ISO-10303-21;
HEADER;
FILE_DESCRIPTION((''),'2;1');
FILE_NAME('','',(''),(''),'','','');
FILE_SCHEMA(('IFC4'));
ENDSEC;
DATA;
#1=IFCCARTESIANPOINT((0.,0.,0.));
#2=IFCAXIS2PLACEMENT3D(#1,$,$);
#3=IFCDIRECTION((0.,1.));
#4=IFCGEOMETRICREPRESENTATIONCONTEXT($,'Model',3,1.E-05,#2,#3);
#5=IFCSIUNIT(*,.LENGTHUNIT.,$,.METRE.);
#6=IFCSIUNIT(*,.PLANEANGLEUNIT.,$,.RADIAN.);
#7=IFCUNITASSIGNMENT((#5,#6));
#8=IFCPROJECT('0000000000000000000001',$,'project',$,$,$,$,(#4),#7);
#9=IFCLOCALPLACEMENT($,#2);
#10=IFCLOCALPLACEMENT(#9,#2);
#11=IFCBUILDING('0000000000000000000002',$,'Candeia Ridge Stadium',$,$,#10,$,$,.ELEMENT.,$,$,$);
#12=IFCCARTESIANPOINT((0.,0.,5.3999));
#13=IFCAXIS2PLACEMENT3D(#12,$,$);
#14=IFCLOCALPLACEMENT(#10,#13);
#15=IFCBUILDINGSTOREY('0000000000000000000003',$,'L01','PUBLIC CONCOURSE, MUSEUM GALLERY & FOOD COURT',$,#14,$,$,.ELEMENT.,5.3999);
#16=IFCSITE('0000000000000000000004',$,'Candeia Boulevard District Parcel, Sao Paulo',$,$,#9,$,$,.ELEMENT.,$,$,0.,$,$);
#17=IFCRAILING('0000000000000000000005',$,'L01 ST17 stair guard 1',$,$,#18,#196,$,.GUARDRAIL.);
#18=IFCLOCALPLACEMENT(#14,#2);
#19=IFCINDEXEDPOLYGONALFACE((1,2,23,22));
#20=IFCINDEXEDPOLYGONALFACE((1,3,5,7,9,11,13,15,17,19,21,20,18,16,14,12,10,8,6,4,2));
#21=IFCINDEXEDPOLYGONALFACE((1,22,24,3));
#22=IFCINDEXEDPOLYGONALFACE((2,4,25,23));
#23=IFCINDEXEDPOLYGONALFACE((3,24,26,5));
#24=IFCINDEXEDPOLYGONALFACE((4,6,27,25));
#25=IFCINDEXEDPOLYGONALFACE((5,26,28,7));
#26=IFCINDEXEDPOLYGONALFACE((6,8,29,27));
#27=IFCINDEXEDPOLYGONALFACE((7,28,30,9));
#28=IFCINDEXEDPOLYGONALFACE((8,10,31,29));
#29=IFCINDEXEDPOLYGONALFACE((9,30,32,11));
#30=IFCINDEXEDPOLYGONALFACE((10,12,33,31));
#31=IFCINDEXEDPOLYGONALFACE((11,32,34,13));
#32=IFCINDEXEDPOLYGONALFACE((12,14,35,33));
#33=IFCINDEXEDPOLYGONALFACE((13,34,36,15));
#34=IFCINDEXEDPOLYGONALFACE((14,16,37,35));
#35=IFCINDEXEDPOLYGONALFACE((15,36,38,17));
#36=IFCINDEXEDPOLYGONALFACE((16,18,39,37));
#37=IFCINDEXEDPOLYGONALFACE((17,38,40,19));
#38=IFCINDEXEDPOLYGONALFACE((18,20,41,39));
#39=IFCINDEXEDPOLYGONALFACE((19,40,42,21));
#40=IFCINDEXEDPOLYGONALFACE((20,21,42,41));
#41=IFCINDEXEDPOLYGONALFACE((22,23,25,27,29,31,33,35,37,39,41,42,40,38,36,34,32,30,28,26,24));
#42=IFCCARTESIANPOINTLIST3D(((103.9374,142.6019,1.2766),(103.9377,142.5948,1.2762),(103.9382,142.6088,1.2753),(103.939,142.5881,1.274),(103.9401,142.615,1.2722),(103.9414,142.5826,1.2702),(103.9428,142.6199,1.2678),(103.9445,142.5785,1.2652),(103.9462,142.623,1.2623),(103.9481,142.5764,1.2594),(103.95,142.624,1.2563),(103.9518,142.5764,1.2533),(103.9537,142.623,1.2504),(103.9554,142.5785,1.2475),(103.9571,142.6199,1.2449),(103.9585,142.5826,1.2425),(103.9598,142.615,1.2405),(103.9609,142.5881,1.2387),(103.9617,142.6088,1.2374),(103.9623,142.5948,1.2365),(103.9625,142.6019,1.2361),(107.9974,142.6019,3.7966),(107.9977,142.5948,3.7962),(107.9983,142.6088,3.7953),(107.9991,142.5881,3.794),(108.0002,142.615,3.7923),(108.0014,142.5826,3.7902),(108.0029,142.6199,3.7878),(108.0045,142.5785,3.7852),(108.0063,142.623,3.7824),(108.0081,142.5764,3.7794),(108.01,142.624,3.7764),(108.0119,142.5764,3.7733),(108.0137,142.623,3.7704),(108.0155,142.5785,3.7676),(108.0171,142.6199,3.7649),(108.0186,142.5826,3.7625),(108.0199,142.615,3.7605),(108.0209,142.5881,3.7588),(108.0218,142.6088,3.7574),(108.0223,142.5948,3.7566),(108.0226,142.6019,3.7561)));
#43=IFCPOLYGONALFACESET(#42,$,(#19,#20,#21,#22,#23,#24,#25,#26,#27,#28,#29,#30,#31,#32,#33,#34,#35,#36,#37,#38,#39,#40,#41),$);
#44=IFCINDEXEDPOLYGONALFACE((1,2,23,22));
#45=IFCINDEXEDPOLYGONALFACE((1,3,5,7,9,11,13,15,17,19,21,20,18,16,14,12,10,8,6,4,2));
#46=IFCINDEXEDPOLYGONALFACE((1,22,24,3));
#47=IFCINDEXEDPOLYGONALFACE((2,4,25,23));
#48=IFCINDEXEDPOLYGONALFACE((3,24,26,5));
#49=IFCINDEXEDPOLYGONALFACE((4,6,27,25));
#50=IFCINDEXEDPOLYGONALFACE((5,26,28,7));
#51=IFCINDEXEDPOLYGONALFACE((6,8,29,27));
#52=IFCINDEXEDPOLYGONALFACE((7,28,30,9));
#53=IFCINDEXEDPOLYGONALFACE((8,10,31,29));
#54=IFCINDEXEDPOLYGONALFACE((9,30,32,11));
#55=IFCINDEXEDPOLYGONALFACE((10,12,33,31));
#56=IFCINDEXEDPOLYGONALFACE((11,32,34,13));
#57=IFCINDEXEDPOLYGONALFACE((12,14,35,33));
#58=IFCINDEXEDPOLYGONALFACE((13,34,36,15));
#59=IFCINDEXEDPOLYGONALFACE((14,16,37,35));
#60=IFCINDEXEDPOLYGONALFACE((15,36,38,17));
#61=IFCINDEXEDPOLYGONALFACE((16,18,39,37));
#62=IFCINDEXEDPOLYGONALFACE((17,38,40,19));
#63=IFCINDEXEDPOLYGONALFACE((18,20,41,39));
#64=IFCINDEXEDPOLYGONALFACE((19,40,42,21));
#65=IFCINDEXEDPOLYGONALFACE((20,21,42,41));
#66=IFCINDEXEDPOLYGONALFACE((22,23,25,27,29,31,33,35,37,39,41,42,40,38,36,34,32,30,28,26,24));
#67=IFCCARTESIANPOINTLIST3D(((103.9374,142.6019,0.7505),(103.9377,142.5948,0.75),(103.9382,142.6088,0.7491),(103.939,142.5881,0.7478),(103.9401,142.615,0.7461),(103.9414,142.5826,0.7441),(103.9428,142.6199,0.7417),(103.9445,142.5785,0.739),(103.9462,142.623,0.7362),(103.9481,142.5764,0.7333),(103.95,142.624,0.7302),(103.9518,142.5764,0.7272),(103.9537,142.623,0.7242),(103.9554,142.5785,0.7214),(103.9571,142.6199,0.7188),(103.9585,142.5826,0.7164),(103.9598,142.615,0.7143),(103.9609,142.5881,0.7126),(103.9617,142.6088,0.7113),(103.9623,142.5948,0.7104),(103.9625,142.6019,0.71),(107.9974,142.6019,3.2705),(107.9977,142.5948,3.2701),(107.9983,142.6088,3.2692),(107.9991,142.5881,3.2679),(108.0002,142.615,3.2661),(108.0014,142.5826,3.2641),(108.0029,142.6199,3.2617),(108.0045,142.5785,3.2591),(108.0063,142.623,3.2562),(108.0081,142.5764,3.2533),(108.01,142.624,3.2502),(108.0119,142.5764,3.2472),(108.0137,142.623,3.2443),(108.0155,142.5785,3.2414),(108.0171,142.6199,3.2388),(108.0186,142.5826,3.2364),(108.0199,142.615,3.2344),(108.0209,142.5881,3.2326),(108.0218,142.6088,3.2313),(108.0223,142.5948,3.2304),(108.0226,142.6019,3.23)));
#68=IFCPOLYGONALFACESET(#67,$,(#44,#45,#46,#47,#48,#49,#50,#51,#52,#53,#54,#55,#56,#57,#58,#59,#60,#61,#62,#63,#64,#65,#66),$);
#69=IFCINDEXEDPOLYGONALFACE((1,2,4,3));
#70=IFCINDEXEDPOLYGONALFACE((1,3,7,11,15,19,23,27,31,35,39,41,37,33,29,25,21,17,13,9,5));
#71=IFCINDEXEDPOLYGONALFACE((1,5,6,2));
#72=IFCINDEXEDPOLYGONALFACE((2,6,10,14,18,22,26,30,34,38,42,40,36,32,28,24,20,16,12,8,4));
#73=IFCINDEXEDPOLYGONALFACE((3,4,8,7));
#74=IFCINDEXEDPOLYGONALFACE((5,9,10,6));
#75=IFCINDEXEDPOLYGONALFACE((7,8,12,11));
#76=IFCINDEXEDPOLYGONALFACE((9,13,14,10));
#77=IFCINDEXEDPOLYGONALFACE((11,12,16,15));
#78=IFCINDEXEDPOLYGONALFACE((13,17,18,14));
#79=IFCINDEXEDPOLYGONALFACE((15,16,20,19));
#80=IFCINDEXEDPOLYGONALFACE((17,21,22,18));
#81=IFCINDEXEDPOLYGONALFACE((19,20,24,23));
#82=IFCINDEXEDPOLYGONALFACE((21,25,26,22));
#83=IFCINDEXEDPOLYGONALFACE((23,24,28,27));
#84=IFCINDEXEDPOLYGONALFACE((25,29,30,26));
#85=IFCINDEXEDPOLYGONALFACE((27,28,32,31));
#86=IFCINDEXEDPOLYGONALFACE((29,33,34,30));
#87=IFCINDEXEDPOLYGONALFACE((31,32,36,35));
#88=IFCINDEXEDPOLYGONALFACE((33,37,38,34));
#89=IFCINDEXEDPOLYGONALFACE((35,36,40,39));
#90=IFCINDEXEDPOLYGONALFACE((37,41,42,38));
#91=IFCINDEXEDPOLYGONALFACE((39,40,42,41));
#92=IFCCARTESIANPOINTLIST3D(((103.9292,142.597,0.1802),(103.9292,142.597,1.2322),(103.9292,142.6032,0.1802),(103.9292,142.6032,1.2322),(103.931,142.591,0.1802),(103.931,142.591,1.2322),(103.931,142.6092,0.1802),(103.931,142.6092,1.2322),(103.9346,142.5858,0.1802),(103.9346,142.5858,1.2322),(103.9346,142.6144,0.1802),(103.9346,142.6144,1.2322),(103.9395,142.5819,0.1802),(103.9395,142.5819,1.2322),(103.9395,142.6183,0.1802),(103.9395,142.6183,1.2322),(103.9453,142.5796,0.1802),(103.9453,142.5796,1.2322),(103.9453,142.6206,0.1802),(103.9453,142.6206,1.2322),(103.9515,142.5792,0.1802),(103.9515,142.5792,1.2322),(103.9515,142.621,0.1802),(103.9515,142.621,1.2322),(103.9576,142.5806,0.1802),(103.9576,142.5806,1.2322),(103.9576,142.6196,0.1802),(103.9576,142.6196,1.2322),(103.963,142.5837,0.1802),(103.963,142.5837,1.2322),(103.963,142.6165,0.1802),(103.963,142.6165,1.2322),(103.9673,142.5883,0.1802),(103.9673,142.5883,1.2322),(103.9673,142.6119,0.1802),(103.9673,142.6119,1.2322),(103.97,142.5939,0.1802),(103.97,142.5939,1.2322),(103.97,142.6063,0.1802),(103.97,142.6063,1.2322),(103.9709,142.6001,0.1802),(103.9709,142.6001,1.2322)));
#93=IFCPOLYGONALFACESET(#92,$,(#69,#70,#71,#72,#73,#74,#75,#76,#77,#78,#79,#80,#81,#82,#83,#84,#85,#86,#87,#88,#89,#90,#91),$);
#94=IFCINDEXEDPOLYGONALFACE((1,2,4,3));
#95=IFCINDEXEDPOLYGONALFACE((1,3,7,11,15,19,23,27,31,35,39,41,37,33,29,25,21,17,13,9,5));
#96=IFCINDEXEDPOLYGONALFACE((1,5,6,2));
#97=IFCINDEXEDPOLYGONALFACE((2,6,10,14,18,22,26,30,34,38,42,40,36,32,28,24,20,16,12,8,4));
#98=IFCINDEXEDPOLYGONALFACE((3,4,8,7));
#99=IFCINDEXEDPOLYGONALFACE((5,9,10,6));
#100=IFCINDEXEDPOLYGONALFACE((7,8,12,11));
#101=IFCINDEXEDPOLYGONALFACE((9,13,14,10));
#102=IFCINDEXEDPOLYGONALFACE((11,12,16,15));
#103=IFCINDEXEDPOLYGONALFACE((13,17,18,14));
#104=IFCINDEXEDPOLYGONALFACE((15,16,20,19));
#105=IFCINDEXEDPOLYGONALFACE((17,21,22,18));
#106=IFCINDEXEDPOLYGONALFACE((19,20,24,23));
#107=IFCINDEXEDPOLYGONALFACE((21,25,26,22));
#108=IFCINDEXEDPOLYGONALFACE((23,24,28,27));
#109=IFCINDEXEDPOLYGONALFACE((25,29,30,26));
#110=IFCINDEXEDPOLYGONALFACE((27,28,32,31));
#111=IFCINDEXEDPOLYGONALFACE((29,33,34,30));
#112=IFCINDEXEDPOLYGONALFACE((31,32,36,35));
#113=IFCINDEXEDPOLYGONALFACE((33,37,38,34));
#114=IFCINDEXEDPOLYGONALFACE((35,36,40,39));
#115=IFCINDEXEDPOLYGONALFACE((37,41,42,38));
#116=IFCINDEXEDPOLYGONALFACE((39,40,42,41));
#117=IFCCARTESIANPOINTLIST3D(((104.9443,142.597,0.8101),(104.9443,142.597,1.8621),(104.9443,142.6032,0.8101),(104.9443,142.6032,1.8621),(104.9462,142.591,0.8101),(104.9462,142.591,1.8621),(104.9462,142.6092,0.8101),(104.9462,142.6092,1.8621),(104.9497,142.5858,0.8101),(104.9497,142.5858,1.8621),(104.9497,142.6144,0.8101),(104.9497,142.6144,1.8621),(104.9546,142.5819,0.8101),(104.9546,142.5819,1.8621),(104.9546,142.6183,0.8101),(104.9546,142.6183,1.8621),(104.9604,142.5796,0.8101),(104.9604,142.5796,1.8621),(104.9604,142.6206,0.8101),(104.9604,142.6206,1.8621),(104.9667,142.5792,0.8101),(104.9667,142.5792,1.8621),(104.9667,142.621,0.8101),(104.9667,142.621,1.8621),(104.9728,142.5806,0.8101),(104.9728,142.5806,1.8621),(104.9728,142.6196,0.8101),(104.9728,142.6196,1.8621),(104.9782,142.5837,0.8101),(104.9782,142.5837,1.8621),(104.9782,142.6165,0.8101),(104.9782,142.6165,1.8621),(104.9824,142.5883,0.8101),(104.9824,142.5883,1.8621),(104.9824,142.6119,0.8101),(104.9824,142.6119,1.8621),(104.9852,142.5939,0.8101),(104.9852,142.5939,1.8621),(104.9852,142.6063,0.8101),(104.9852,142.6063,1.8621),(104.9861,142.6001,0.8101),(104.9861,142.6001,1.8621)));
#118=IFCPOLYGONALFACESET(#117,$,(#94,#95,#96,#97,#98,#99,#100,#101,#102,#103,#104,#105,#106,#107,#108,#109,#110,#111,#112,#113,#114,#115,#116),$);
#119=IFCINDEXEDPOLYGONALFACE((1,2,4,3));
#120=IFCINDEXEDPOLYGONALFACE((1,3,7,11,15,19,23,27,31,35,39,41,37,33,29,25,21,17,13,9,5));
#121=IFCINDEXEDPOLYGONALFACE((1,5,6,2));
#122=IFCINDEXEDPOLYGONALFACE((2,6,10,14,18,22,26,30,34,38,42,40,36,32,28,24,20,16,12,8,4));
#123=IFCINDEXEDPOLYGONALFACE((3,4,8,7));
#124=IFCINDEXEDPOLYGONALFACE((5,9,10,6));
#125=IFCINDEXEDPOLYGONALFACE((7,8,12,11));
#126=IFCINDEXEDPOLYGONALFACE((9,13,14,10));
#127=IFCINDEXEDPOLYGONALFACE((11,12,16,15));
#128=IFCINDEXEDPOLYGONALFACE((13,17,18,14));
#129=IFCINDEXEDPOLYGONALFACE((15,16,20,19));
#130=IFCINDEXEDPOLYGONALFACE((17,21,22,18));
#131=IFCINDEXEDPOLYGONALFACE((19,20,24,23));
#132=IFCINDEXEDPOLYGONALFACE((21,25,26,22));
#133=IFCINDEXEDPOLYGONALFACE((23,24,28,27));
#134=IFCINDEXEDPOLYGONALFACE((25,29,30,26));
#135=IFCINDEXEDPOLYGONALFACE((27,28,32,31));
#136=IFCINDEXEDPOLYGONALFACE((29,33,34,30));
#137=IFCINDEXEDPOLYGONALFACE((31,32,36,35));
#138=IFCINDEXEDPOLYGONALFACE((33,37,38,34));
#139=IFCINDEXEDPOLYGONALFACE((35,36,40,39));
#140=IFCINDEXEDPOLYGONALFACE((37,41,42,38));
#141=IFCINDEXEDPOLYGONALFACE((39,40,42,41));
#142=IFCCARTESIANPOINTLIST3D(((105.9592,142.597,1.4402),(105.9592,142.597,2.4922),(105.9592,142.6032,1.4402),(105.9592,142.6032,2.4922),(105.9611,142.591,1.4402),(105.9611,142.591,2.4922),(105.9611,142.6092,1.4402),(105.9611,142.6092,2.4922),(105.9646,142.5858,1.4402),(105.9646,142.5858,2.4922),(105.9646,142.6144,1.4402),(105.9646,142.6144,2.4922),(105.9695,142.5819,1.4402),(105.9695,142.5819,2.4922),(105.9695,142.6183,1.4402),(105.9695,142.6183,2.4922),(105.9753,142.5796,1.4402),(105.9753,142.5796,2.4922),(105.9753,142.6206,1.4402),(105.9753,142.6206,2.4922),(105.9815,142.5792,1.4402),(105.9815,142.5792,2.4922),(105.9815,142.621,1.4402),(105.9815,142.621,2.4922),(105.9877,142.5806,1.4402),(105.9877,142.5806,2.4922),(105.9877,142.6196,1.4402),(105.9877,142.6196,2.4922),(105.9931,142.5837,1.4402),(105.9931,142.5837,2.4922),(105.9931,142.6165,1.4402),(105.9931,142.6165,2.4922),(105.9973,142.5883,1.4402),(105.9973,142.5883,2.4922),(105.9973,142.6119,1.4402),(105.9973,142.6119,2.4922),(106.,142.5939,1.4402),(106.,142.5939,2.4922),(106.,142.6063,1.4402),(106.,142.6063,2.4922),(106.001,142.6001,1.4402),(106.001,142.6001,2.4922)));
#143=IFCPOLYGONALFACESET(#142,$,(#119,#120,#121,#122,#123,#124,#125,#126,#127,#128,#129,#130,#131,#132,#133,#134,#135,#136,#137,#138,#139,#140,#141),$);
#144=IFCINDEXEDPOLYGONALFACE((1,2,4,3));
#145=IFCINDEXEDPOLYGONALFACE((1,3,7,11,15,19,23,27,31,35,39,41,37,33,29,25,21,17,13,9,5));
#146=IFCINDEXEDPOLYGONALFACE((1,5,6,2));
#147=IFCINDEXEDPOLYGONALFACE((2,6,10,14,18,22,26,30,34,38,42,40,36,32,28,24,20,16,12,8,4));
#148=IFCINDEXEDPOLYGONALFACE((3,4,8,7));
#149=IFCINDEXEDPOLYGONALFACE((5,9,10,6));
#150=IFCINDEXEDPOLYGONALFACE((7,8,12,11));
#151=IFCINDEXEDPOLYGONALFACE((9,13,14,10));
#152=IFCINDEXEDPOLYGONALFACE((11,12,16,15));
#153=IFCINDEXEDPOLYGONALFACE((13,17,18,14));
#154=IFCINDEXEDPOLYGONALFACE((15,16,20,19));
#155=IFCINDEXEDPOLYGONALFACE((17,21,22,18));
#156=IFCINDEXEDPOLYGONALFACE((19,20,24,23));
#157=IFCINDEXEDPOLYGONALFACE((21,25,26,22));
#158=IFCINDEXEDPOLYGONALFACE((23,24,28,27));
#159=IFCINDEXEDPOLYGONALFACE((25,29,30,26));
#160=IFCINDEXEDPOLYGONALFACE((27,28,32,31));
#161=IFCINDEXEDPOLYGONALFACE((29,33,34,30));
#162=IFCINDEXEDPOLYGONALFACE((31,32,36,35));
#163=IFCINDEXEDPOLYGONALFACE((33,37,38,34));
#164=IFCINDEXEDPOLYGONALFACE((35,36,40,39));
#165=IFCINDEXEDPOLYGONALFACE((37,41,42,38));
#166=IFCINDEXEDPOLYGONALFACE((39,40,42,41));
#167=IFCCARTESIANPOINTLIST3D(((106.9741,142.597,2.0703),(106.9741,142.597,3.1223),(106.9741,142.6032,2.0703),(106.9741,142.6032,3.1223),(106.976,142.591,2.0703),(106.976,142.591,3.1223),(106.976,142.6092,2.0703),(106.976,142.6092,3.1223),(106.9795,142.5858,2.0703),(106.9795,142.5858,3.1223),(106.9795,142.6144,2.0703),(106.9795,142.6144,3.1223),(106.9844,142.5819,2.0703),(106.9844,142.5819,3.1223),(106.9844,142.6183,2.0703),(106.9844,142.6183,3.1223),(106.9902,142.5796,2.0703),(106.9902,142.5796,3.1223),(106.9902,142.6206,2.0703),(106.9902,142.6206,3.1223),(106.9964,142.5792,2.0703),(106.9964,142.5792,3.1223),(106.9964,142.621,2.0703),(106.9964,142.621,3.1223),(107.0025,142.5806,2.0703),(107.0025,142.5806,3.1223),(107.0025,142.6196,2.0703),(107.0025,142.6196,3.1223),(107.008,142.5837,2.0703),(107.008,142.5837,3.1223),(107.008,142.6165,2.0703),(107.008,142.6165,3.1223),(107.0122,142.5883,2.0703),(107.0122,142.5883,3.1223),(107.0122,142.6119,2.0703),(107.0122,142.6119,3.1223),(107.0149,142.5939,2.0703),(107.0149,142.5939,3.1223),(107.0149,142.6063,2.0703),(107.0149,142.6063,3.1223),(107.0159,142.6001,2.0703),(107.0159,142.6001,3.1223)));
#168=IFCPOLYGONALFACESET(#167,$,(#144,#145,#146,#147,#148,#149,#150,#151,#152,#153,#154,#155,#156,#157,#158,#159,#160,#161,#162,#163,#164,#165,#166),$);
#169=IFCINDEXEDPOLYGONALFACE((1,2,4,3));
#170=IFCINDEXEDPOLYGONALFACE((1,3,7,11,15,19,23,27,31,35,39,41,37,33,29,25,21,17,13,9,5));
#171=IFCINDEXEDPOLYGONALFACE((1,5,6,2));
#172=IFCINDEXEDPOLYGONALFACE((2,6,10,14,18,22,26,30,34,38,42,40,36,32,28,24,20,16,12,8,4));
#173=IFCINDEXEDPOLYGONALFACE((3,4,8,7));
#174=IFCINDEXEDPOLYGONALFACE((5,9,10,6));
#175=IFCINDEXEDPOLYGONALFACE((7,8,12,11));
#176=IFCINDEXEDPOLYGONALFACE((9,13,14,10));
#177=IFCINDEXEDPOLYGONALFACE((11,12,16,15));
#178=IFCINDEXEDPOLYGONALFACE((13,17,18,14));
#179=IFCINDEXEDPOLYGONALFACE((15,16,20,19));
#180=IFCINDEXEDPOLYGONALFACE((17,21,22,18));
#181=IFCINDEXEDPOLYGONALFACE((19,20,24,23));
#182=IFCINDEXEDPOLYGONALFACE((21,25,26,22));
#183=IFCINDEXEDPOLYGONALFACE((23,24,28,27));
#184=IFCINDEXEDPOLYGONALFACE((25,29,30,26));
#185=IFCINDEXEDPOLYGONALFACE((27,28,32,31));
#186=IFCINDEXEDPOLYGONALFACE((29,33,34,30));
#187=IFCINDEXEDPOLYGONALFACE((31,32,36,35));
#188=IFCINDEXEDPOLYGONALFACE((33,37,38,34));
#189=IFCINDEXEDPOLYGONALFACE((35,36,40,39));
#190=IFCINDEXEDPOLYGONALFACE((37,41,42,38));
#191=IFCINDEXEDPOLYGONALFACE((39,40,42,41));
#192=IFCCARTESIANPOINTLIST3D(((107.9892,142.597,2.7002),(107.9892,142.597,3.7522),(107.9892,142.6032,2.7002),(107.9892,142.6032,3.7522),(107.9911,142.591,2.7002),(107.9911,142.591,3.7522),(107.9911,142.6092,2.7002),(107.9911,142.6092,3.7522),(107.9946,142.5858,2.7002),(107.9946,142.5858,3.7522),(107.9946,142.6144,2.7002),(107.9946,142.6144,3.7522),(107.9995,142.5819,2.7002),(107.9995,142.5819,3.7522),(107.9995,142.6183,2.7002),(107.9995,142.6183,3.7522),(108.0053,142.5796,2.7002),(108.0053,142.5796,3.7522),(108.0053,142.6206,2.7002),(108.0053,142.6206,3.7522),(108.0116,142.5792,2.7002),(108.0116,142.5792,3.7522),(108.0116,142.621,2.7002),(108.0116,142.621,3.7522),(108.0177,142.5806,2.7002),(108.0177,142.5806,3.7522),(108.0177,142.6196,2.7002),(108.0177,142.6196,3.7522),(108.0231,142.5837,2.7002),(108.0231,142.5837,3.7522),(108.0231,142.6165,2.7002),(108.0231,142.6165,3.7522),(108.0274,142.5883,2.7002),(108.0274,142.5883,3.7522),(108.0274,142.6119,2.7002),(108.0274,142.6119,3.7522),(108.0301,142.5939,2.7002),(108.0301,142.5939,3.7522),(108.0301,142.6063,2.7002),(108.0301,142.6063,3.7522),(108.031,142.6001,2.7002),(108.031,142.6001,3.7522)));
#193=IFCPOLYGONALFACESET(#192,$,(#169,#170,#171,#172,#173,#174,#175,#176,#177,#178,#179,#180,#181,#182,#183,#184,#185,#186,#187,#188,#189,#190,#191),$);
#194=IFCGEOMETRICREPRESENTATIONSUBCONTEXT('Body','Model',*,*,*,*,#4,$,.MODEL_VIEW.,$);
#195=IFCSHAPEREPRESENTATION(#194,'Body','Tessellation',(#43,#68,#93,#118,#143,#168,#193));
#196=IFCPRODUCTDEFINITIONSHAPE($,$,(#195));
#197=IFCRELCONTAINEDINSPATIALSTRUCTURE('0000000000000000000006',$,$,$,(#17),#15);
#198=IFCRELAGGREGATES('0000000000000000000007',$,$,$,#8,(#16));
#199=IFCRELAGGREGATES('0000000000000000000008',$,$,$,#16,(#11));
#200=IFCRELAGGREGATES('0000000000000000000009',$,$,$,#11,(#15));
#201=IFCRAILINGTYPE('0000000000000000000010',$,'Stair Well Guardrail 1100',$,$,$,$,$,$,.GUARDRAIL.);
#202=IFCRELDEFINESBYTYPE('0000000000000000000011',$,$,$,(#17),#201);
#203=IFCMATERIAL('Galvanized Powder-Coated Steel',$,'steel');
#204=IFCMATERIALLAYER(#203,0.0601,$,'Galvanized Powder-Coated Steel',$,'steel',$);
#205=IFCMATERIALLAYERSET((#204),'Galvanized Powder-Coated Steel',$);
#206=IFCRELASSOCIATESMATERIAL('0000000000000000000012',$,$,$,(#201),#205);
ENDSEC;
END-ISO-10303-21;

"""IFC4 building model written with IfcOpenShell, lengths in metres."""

from ifc_helpers import new_model, si_unit, direction, frame, origin, origin_2d, place, context, subcontext, project, spatial, circle, extrude, material, layer, layer_set, type_object, element, save


model = new_model("IFC4")

# Units and contexts
model_context = context("Model", 3, precision=1e-05, world=origin(), true_north=direction((0.0, 1.0)))
body_context = subcontext(model_context, "Body", "Model", "MODEL_VIEW")
ifc_project = project(units=[si_unit("LENGTHUNIT", "METRE"), si_unit("PLANEANGLEUNIT", "RADIAN")], contexts=[model_context])

# Site, building, storey
site_placement = place(None, origin())
site = spatial("IfcSite", under=ifc_project, at=site_placement, Name="Candeia Boulevard District Parcel, Sao Paulo", CompositionType="ELEMENT", RefElevation=0.0)
building_placement = place(site_placement, origin())
building = spatial("IfcBuilding", under=site, at=building_placement, Name="Candeia Ridge Stadium", CompositionType="ELEMENT")
storey_placement = place(building_placement, frame((0.0, 0.0, 5.3999)))
storey = spatial("IfcBuildingStorey", under=building, at=storey_placement, Name="L01", Description="PUBLIC CONCOURSE, MUSEUM GALLERY & FOOD COURT", CompositionType="ELEMENT", Elevation=5.3999)

# Railing
ifc_material_1 = material(Name="Galvanized Powder-Coated Steel", Category="steel")
ifc_layer_1 = layer(ifc_material_1, 0.0601, Name="Galvanized Powder-Coated Steel", Category="steel")
ifc_layer_set_1 = layer_set([ifc_layer_1], Name="Galvanized Powder-Coated Steel")
railing_type_1 = type_object("IfcRailingType", Name="Stair Well Guardrail 1100", PredefinedType="GUARDRAIL", material=ifc_layer_set_1)
railing_1_placement = place(storey_placement, frame((103.95, 142.6001, 0.1802)))
element("IfcRailing", 1, at=railing_1_placement, inside=storey, type_object=railing_type_1, Name="L01 ST17 stair guard 1", PredefinedType="GUARDRAIL", context=body_context, shape_type="SweptSolid", body=[
    extrude(circle(Radius=0.0239, at=origin_2d()), frame((0.0, 0.0, 1.0762), z_axis=(0.849642, 0.0, 0.52736), x_axis=(0.0, 1.0, 0.0)), (0.0, 0.0, 1.0), 4.7786),
    extrude(circle(Radius=0.0239, at=origin_2d()), frame((0.0, 0.0, 0.55), z_axis=(0.849642, 0.0, 0.52736), x_axis=(0.0, 1.0, 0.0)), (0.0, 0.0, 1.0), 4.7786),
    extrude(circle(Radius=0.021, at=origin_2d()), origin(), (0.0, 0.0, 1.0), 1.052),
    extrude(circle(Radius=0.021, at=origin_2d()), frame((1.0151, 0.0, 0.6299)), (0.0, 0.0, 1.0), 1.052),
    extrude(circle(Radius=0.021, at=origin_2d()), frame((2.03, 0.0, 1.26)), (0.0, 0.0, 1.0), 1.052),
    extrude(circle(Radius=0.021, at=origin_2d()), frame((3.0449, 0.0, 1.8901)), (0.0, 0.0, 1.0), 1.052),
    extrude(circle(Radius=0.021, at=origin_2d()), frame((4.0601, 0.0, 2.52)), (0.0, 0.0, 1.0), 1.052),
])

save(model, "model.ifc")
